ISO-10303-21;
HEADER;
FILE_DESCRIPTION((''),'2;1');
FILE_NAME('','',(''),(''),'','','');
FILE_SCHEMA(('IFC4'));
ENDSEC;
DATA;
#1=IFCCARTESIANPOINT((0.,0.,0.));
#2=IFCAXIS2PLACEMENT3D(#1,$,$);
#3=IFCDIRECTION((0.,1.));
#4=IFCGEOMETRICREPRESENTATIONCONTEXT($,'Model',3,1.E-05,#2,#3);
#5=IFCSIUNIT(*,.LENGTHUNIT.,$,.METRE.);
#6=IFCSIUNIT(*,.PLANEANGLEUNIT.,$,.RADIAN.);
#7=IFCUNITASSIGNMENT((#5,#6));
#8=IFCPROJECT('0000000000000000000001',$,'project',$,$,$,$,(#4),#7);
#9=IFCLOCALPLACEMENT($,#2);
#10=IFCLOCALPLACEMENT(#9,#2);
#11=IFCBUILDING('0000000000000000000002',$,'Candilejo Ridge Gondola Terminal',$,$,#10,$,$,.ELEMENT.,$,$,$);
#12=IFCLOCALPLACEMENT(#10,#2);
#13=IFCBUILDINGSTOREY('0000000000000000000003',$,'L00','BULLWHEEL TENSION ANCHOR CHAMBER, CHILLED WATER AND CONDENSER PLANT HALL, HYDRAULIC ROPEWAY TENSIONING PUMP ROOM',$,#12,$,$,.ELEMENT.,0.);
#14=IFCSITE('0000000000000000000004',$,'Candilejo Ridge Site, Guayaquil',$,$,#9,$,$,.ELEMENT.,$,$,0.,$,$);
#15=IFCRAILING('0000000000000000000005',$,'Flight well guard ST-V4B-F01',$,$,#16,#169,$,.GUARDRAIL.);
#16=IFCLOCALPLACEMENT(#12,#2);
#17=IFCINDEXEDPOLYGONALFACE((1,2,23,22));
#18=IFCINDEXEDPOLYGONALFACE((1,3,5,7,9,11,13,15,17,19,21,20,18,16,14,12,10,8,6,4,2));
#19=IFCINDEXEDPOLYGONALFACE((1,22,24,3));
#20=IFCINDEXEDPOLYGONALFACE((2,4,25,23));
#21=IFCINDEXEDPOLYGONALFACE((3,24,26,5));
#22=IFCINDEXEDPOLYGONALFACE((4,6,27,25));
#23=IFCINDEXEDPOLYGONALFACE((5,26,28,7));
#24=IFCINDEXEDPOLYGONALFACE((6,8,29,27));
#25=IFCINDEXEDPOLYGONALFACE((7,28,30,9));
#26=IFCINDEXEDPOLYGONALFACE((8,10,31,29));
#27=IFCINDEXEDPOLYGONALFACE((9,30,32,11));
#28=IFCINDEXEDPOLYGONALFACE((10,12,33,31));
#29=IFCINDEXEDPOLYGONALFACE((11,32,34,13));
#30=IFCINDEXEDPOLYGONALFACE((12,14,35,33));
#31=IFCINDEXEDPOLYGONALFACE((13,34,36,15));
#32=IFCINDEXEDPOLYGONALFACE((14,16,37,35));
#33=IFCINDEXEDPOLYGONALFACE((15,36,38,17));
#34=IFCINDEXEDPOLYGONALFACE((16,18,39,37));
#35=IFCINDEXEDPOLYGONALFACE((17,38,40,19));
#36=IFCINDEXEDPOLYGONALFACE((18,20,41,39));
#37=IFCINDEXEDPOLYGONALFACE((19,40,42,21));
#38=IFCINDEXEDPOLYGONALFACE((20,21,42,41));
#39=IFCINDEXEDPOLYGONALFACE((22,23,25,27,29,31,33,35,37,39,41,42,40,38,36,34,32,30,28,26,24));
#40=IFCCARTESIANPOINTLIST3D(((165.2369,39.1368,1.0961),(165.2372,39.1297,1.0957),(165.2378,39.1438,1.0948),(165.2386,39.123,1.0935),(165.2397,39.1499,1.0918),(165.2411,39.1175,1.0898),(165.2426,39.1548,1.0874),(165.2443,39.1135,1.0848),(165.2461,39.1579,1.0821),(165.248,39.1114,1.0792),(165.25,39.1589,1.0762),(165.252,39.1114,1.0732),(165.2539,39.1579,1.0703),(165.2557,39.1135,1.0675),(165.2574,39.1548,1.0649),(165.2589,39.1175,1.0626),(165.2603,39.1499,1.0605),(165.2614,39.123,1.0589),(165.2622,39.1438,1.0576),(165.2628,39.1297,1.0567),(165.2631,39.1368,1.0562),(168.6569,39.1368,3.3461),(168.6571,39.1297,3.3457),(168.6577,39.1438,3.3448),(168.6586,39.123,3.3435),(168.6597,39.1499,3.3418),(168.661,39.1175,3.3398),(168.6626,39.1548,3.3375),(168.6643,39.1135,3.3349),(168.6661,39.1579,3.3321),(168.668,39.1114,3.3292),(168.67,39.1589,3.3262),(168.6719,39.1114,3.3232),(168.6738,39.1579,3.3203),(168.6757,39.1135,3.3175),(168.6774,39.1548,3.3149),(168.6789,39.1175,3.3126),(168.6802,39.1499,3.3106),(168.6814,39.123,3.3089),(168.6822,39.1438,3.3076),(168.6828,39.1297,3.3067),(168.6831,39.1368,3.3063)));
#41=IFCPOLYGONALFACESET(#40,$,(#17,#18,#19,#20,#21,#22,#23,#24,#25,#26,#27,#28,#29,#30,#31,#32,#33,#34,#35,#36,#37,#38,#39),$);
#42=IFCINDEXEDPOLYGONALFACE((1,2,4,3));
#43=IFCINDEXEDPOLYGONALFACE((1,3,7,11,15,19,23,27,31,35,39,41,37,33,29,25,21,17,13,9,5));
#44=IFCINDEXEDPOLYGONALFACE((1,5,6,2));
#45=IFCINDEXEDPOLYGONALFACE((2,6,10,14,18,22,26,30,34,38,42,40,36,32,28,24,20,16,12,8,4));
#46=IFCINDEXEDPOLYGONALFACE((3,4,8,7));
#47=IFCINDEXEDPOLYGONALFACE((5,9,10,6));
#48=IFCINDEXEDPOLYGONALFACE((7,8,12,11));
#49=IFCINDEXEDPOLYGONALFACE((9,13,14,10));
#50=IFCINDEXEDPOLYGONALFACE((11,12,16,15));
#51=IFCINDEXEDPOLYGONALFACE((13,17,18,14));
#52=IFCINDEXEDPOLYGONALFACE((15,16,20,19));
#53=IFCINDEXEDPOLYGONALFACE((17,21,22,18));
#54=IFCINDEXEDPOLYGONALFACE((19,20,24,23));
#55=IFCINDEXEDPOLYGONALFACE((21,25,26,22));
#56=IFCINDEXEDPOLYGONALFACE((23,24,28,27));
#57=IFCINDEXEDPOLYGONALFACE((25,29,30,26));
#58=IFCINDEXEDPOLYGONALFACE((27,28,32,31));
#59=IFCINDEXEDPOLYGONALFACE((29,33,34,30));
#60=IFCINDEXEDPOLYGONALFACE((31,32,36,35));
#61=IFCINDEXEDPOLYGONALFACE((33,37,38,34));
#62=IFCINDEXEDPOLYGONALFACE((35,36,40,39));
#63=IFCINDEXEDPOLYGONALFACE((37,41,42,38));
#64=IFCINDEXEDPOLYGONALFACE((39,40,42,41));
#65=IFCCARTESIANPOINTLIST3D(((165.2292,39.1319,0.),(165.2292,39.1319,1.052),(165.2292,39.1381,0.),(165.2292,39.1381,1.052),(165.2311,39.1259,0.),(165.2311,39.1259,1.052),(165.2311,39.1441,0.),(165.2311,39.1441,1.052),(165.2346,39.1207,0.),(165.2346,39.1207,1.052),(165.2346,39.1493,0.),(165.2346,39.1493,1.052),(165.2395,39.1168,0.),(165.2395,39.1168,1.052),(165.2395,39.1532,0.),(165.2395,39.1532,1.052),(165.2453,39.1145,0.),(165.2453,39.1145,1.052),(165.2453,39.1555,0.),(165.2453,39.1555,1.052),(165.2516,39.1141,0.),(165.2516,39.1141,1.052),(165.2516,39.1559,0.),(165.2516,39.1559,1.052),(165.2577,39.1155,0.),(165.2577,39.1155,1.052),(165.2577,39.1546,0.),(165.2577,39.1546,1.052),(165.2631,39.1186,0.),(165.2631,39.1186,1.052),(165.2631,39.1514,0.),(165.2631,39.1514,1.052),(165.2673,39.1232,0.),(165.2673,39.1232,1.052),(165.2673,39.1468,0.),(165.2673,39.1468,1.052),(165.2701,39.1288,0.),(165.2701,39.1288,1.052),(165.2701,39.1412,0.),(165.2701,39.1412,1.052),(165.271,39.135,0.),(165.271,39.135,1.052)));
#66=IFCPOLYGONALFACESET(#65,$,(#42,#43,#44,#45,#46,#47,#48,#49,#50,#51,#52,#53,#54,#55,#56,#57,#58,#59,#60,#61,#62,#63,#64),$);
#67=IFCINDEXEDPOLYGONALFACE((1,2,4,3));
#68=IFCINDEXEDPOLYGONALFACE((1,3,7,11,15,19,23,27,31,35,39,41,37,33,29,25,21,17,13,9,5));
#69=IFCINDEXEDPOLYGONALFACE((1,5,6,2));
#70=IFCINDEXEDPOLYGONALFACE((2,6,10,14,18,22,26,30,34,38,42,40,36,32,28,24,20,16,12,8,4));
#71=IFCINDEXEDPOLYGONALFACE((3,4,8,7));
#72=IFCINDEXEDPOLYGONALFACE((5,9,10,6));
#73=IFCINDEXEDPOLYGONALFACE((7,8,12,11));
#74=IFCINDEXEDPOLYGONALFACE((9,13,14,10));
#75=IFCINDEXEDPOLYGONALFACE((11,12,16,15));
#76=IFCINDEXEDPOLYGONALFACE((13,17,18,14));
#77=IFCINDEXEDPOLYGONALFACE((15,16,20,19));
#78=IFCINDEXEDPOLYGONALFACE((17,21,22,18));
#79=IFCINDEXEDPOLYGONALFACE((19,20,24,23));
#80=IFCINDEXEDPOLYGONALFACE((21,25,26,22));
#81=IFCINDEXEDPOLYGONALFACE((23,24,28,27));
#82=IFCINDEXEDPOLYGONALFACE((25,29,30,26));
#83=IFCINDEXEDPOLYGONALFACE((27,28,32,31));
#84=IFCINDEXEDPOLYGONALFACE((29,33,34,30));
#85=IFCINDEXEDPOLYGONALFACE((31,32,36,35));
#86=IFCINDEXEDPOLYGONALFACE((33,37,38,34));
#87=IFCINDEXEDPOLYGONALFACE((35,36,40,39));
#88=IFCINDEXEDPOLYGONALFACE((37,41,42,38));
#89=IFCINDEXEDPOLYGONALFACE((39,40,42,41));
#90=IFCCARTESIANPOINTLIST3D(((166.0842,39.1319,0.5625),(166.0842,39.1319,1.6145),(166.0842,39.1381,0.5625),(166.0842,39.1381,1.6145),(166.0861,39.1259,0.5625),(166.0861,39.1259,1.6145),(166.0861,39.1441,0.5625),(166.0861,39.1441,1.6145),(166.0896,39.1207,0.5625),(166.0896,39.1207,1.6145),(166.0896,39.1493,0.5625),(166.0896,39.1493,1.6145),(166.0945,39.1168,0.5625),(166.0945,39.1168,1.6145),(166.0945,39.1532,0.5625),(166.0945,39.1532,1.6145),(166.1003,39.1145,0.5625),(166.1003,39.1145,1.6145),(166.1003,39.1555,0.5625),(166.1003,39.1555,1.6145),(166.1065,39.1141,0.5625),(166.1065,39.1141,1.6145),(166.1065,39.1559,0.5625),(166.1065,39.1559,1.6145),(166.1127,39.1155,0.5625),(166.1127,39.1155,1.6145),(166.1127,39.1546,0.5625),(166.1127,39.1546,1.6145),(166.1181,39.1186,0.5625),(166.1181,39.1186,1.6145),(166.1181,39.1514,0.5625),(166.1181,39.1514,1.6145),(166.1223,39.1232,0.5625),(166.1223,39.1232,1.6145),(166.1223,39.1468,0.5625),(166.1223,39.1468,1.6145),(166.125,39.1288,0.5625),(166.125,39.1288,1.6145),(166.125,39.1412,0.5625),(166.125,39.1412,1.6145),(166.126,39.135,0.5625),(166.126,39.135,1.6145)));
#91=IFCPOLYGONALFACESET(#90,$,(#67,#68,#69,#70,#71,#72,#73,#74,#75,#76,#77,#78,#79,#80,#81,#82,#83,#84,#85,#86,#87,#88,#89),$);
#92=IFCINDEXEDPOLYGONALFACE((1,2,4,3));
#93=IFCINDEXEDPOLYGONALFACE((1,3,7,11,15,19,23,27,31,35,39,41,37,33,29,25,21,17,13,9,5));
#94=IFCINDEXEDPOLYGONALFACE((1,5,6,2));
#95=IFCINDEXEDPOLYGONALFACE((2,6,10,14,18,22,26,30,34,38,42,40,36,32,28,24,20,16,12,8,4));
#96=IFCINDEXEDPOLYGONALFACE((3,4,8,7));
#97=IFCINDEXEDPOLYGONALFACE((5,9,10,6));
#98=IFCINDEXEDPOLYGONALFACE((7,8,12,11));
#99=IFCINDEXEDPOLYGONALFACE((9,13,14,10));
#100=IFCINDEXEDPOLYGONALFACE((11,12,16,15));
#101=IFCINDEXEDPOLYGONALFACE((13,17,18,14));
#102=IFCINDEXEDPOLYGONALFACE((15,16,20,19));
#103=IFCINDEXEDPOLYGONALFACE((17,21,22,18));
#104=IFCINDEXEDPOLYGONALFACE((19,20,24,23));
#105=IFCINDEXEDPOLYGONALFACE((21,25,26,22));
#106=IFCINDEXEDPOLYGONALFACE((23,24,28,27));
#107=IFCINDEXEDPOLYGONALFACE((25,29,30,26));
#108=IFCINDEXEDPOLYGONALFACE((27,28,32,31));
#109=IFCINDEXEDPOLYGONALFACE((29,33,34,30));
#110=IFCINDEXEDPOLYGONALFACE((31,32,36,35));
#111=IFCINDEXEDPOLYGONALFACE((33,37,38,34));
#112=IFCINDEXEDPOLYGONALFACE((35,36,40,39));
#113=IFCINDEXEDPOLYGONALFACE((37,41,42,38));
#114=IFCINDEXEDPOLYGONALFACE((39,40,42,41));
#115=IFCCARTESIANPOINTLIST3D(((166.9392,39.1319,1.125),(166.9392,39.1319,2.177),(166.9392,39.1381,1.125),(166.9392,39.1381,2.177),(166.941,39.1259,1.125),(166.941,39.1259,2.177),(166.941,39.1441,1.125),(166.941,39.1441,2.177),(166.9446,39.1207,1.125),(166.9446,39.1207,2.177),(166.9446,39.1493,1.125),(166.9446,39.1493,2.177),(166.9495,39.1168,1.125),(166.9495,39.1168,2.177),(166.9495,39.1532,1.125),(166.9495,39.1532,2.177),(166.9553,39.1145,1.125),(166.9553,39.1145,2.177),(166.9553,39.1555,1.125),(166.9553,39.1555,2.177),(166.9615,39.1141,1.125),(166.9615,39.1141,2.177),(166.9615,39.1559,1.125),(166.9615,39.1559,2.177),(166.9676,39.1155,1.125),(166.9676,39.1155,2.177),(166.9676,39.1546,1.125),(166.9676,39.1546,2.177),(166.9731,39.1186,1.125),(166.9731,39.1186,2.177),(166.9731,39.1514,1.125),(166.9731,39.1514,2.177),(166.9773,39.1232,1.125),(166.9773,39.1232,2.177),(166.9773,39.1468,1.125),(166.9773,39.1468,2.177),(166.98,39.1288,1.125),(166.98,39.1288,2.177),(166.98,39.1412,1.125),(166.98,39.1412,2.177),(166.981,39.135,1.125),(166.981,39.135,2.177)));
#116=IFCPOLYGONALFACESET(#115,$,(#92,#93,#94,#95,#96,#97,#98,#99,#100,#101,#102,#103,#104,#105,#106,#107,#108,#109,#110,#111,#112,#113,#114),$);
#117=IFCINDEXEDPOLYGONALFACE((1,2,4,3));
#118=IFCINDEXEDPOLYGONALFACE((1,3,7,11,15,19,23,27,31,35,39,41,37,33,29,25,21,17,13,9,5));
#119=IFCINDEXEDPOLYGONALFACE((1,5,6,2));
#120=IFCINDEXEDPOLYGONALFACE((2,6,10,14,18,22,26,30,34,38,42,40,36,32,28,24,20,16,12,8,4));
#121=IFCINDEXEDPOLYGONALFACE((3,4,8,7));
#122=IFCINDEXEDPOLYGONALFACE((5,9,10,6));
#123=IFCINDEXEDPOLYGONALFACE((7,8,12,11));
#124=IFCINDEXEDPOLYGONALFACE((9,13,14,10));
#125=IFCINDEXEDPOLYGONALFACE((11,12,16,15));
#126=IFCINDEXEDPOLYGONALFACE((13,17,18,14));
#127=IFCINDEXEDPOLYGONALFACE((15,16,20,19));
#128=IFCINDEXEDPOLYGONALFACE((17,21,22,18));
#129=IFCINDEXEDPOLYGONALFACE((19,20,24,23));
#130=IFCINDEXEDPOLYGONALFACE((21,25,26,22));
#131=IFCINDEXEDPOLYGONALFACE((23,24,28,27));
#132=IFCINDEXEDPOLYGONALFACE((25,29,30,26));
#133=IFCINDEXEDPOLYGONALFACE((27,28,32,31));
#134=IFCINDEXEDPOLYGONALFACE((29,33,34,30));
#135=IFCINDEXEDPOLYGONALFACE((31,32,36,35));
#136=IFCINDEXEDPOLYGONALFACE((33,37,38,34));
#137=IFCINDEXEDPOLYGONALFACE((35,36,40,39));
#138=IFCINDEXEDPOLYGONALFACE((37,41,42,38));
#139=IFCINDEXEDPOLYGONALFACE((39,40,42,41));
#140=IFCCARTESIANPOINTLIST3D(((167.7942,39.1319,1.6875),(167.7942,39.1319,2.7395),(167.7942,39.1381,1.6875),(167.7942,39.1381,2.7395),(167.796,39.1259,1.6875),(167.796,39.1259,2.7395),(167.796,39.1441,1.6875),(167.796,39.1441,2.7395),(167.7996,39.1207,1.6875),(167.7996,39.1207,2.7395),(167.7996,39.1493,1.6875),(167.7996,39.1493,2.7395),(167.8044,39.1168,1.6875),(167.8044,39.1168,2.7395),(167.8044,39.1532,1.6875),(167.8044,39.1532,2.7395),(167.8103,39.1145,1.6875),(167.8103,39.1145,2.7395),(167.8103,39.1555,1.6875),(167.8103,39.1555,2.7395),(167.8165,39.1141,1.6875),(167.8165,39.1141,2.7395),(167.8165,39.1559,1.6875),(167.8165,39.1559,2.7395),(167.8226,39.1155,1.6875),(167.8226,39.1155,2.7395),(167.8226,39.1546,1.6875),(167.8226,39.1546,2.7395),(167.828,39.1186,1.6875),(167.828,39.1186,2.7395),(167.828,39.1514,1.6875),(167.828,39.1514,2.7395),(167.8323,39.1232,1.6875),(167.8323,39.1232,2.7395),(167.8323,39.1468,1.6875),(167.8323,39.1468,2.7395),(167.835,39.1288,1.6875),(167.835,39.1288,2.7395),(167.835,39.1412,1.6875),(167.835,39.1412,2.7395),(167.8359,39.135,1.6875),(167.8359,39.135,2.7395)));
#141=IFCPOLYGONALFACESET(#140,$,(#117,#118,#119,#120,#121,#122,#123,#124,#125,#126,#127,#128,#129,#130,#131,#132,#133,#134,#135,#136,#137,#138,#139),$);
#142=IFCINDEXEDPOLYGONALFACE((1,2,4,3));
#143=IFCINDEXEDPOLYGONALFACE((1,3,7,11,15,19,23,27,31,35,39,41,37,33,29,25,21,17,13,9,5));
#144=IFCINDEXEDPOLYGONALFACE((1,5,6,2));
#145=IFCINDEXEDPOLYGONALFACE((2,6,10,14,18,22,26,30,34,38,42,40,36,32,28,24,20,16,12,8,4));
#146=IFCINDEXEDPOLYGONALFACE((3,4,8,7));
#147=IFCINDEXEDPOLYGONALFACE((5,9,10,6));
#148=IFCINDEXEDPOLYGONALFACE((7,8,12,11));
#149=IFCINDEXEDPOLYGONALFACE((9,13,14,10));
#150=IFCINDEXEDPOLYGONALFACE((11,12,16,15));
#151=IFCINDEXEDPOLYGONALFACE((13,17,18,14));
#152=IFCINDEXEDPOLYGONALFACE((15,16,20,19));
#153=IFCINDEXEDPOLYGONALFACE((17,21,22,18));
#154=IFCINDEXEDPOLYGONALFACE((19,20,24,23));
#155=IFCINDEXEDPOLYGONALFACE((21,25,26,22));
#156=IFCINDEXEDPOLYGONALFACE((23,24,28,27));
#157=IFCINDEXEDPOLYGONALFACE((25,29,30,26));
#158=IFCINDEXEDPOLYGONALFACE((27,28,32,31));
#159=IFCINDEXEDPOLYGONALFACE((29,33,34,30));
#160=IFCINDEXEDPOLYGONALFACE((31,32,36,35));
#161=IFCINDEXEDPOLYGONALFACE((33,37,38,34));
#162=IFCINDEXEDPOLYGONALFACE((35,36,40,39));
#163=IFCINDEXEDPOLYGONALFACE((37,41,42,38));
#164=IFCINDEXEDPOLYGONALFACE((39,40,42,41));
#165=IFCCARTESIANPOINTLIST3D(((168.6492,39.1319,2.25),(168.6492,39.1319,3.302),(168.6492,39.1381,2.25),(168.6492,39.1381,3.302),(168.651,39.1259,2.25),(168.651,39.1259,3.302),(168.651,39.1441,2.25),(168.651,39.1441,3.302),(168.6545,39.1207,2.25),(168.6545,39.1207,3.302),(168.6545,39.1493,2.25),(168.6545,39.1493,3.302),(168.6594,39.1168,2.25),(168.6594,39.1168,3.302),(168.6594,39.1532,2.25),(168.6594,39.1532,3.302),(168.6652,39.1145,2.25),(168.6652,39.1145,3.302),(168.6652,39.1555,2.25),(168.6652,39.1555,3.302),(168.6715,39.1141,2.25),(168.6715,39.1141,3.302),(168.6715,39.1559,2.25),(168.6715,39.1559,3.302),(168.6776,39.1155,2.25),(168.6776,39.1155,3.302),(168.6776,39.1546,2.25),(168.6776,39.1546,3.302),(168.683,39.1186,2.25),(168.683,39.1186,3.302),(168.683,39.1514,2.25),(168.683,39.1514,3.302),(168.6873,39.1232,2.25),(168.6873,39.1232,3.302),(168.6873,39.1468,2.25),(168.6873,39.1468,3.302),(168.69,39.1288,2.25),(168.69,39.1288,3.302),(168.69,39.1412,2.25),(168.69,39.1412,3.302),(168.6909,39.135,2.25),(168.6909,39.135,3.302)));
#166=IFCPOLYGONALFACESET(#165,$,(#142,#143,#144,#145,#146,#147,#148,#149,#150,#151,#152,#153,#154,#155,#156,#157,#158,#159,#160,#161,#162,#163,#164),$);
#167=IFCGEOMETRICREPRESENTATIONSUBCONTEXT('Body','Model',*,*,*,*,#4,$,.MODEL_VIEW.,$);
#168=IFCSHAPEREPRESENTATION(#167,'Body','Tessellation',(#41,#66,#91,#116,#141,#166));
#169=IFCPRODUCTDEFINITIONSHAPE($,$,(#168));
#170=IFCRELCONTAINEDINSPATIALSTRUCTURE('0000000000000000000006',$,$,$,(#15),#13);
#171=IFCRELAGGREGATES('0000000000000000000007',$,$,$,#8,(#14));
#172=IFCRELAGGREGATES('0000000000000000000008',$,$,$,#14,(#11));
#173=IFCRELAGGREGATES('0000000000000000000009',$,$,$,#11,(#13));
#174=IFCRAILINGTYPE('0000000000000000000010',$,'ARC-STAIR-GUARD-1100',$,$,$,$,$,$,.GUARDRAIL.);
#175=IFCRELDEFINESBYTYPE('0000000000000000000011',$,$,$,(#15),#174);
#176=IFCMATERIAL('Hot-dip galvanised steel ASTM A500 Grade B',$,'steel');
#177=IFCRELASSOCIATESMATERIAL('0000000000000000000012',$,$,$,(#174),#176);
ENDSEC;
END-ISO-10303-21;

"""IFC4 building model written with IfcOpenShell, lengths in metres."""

from ifc_helpers import new_model, si_unit, direction, frame, origin, origin_2d, place, context, subcontext, project, spatial, circle, extrude, material, type_object, element, save


model = new_model("IFC4")

# Units and contexts
model_context = context("Model", 3, precision=1e-05, world=origin(), true_north=direction((0.0, 1.0)))
body_context = subcontext(model_context, "Body", "Model", "MODEL_VIEW")
ifc_project = project(units=[si_unit("LENGTHUNIT", "METRE"), si_unit("PLANEANGLEUNIT", "RADIAN")], contexts=[model_context])

# Site, building, storey
site_placement = place(None, origin())
site = spatial("IfcSite", under=ifc_project, at=site_placement, Name="Candilejo Ridge Site, Guayaquil", CompositionType="ELEMENT", RefElevation=0.0)
building_placement = place(site_placement, origin())
building = spatial("IfcBuilding", under=site, at=building_placement, Name="Candilejo Ridge Gondola Terminal", CompositionType="ELEMENT")
storey_placement = place(building_placement, origin())
storey = spatial("IfcBuildingStorey", under=building, at=storey_placement, Name="L00", Description="BULLWHEEL TENSION ANCHOR CHAMBER, CHILLED WATER AND CONDENSER PLANT HALL, HYDRAULIC ROPEWAY TENSIONING PUMP ROOM", CompositionType="ELEMENT", Elevation=0.0)

# Railing
ifc_material_1 = material(Name="Hot-dip galvanised steel ASTM A500 Grade B", Category="steel")
railing_type_1 = type_object("IfcRailingType", Name="ARC-STAIR-GUARD-1100", PredefinedType="GUARDRAIL", material=ifc_material_1)
railing_1_placement = place(storey_placement, frame((165.25, 39.135, 0.0)))
element("IfcRailing", 1, at=railing_1_placement, inside=storey, type_object=railing_type_1, Name="Flight well guard ST-V4B-F01", PredefinedType="GUARDRAIL", context=body_context, shape_type="SweptSolid", body=[
    extrude(circle(Radius=0.0239, at=origin_2d()), frame((0.0, 0.0, 1.0762), z_axis=(0.835411, 0.0, 0.549625), x_axis=(0.0, 1.0, 0.0)), (0.0, 0.0, 1.0), 4.0938),
    extrude(circle(Radius=0.021, at=origin_2d()), origin(), (0.0, 0.0, 1.0), 1.052),
    extrude(circle(Radius=0.021, at=origin_2d()), frame((0.855, 0.0, 0.5625)), (0.0, 0.0, 1.0), 1.052),
    extrude(circle(Radius=0.021, at=origin_2d()), frame((1.71, 0.0, 1.125)), (0.0, 0.0, 1.0), 1.052),
    extrude(circle(Radius=0.021, at=origin_2d()), frame((2.5649, 0.0, 1.6875)), (0.0, 0.0, 1.0), 1.052),
    extrude(circle(Radius=0.021, at=origin_2d()), frame((3.4199, 0.0, 2.25)), (0.0, 0.0, 1.0), 1.052),
])

save(model, "model.ifc")
